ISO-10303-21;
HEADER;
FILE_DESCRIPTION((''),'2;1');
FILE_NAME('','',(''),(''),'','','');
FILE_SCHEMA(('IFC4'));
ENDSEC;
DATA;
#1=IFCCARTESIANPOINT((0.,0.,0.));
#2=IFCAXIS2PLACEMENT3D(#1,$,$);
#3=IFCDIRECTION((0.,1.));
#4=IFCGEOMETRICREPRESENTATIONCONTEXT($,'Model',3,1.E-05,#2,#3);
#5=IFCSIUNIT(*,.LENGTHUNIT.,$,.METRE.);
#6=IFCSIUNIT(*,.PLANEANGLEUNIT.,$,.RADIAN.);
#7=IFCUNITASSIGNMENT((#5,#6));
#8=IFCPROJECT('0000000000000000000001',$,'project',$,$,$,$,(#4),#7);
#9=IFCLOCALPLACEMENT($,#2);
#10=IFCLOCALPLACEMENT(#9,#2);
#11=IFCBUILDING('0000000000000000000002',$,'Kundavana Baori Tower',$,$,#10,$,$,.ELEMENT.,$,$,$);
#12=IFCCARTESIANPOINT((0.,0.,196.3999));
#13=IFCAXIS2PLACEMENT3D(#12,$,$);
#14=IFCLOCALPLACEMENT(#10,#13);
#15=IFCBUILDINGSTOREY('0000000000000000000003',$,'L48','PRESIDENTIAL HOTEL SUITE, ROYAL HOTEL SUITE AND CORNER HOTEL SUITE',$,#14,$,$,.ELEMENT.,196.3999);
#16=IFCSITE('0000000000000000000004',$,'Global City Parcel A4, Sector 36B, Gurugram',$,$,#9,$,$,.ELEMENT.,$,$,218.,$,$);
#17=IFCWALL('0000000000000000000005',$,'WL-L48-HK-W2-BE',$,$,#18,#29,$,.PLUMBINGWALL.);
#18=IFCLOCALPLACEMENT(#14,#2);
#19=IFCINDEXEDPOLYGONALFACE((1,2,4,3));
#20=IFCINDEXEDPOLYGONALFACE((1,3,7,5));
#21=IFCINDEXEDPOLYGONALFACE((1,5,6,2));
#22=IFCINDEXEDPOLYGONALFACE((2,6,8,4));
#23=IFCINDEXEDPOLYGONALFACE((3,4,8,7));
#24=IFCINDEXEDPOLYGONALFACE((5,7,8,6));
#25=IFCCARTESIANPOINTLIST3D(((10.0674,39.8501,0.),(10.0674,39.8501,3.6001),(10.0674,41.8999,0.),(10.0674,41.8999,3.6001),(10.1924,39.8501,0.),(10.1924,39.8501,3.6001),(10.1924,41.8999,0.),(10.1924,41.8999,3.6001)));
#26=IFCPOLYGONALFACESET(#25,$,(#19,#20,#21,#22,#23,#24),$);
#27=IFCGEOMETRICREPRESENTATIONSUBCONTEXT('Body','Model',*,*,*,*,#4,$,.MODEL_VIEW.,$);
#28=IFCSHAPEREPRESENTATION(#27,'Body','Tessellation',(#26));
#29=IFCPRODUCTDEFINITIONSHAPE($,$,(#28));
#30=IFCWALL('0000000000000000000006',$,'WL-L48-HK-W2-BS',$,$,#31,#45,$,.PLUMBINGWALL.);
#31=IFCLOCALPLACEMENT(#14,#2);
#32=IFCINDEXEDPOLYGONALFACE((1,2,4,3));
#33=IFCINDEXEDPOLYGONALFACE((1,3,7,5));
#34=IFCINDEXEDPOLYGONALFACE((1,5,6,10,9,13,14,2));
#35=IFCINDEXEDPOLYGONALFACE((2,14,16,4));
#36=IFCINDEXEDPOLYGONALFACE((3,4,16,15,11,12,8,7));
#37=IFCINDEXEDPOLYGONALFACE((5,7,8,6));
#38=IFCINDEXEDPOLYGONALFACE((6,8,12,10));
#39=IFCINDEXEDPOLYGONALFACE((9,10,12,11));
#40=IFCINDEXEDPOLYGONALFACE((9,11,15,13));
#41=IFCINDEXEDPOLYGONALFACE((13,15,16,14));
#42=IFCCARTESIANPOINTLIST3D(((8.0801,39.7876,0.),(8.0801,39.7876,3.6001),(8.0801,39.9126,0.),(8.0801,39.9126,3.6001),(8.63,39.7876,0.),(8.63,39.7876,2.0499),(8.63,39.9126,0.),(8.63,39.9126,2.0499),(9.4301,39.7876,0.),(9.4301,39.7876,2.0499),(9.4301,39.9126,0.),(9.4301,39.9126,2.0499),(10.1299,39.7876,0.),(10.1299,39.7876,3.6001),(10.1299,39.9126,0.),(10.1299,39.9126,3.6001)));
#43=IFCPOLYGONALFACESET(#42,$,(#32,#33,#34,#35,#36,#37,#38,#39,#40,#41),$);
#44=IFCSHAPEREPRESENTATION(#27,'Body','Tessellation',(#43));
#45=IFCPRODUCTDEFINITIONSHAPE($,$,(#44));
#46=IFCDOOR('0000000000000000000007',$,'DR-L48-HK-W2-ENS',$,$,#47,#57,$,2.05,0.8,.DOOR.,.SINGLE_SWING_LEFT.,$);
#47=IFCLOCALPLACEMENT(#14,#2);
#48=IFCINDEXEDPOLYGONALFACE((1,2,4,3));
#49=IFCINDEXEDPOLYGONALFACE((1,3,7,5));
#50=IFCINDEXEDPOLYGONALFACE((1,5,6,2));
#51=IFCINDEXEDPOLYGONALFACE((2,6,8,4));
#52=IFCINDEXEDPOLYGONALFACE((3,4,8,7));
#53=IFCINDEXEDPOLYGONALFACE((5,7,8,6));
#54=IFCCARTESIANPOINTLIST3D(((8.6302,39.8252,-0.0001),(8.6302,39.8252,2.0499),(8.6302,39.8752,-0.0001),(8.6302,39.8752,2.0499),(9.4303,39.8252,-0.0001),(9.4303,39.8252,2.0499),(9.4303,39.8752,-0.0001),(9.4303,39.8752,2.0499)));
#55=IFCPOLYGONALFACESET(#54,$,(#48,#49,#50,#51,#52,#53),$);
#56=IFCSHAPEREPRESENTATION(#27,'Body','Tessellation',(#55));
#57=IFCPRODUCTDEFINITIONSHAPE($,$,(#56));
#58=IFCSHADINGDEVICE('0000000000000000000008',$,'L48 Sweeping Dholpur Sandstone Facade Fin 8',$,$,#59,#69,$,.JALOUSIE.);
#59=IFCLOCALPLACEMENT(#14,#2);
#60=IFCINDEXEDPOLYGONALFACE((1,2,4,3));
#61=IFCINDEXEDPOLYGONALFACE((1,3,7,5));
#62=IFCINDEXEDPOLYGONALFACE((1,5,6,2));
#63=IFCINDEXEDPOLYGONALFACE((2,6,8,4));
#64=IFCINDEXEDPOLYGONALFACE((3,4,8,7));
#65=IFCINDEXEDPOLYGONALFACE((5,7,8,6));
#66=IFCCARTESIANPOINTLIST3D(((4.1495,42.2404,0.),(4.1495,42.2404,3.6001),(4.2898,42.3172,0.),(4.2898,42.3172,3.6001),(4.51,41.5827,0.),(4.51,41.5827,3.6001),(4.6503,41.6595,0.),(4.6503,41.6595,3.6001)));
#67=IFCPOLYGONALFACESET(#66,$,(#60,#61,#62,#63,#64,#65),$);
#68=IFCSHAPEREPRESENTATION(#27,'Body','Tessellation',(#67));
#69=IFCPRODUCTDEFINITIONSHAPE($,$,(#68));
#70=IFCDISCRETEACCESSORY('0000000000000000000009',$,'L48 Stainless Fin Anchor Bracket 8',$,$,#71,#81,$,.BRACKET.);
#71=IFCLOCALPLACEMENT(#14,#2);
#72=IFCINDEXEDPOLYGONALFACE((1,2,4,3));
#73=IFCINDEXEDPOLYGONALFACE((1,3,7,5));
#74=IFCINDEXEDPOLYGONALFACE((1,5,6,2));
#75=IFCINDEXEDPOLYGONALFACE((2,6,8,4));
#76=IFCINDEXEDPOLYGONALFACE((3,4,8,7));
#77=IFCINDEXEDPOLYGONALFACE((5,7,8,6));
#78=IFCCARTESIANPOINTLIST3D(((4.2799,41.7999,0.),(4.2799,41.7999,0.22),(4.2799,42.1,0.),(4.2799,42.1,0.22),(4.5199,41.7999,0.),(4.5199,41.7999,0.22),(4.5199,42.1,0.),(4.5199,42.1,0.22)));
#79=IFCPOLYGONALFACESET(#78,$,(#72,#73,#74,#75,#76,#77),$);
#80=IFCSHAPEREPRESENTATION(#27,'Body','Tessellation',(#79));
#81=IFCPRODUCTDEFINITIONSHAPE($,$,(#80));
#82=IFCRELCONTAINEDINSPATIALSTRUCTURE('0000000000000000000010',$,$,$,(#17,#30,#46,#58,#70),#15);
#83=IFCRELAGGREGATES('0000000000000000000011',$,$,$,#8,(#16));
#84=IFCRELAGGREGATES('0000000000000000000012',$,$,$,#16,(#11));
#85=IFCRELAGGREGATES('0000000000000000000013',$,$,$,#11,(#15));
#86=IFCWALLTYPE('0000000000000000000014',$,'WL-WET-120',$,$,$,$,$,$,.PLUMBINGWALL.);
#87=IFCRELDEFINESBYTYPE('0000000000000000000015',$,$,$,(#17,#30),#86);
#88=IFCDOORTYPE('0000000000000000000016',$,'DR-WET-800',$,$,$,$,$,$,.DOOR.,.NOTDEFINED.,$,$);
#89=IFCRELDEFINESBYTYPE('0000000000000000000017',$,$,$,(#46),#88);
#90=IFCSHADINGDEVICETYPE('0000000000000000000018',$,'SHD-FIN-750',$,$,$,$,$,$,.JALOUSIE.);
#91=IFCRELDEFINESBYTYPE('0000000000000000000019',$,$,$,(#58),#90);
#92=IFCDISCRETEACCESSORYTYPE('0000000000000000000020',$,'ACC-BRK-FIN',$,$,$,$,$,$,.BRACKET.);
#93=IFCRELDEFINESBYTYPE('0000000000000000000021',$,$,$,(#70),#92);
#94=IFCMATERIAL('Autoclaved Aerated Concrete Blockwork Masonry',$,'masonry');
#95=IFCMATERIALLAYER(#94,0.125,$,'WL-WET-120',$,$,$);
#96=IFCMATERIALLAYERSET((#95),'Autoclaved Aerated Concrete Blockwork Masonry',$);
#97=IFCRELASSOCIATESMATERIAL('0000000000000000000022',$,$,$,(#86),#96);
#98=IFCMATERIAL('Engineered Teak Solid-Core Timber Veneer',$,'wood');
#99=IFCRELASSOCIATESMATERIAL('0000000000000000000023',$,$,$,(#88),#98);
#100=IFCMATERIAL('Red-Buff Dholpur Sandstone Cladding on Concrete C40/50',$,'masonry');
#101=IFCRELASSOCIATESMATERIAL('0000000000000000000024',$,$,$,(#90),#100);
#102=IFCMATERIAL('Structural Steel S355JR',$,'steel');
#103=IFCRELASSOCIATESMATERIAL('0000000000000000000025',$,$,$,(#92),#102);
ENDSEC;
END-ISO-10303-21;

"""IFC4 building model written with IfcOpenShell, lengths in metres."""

from ifc_helpers import new_model, si_unit, direction, frame, frame_2d, origin, origin_2d, place, context, subcontext, project, spatial, rectangle, extrude, material, layer, layer_set, type_object, element, fill, save


model = new_model("IFC4")

# Units and contexts
model_context = context("Model", 3, precision=1e-05, world=origin(), true_north=direction((0.0, 1.0)))
body_context = subcontext(model_context, "Body", "Model", "MODEL_VIEW")
ifc_project = project(units=[si_unit("LENGTHUNIT", "METRE"), si_unit("PLANEANGLEUNIT", "RADIAN")], contexts=[model_context])

# Site, building, storey
site_placement = place(None, origin())
site = spatial("IfcSite", under=ifc_project, at=site_placement, Name="Global City Parcel A4, Sector 36B, Gurugram", CompositionType="ELEMENT", RefElevation=218.0)
building_placement = place(site_placement, origin())
building = spatial("IfcBuilding", under=site, at=building_placement, Name="Kundavana Baori Tower", CompositionType="ELEMENT")
storey_placement = place(building_placement, frame((0.0, 0.0, 196.3999)))
storey = spatial("IfcBuildingStorey", under=building, at=storey_placement, Name="L48", Description="PRESIDENTIAL HOTEL SUITE, ROYAL HOTEL SUITE AND CORNER HOTEL SUITE", CompositionType="ELEMENT", Elevation=196.3999)

# Wall
ifc_material_1 = material(Name="Autoclaved Aerated Concrete Blockwork Masonry", Category="masonry")
ifc_layer_1 = layer(ifc_material_1, 0.125, Name="WL-WET-120")
ifc_layer_set_1 = layer_set([ifc_layer_1], Name="Autoclaved Aerated Concrete Blockwork Masonry")
wall_type_1 = type_object("IfcWallType", Name="WL-WET-120", PredefinedType="PLUMBINGWALL", material=ifc_layer_set_1)
wall_1_placement = place(storey_placement, frame((10.1299, 39.8501, 0.0), z_axis=(0.0, 0.0, 1.0), x_axis=(0.0, 1.0, 0.0)))
element("IfcWall", 1, at=wall_1_placement, inside=storey, type_object=wall_type_1, Name="WL-L48-HK-W2-BE", PredefinedType="PLUMBINGWALL", context=body_context, shape_type="SweptSolid", body=[
    extrude(rectangle(XDim=2.0498, YDim=0.125, at=frame_2d((1.0249, 0.0))), origin(), (0.0, 0.0, 1.0), 3.6001),
])

# Wall, opening, door
wall_2_placement = place(storey_placement, frame((8.0801, 39.8501, 0.0), z_axis=(0.0, 0.0, 1.0), x_axis=(1.0, 0.0, 0.0)))
wall_2 = element("IfcWall", 2, at=wall_2_placement, inside=storey, type_object=wall_type_1, Name="WL-L48-HK-W2-BS", PredefinedType="PLUMBINGWALL", context=body_context, shape_type="SweptSolid", body=[
    extrude(rectangle(XDim=2.0498, YDim=0.125, at=frame_2d((1.0249, 0.0))), origin(), (0.0, 0.0, 1.0), 3.6001),
])
opening_1_placement = place(wall_2_placement, frame((0.55, 0.0, 0.0)))
opening_1 = element("IfcOpeningElement", 3, at=opening_1_placement, cuts=wall_2, PredefinedType="OPENING", context=body_context, shape_type="SweptSolid", body=[
    extrude(rectangle(XDim=0.8, YDim=2.05, at=frame_2d((0.3999, 1.0249))), frame((0.0, 0.0725, 0.0), z_axis=(0.0, -1.0, 0.0), x_axis=(1.0, 0.0, 0.0)), (0.0, 0.0, 1.0), 0.145),
])
ifc_material_2 = material(Name="Engineered Teak Solid-Core Timber Veneer", Category="wood")
door_type_1 = type_object("IfcDoorType", Name="DR-WET-800", OperationType="NOTDEFINED", PredefinedType="DOOR", material=ifc_material_2)
door_1_placement = place(opening_1_placement, frame((0.8, 0.0, 0.0), z_axis=(0.0, 0.0, 1.0), x_axis=(-1.0, 0.0, 0.0)))
door_1 = element("IfcDoor", 4, at=door_1_placement, inside=storey, type_object=door_type_1, Name="DR-L48-HK-W2-ENS", OperationType="SINGLE_SWING_LEFT", OverallHeight=2.05, OverallWidth=0.8, PredefinedType="DOOR", context=body_context, shape_type="SweptSolid", body=[
    extrude(rectangle(XDim=0.8, YDim=2.05, at=frame_2d((0.3999, 1.0249))), frame((0.0, 0.0249, 0.0), z_axis=(0.0, -1.0, 0.0), x_axis=(1.0, 0.0, 0.0)), (0.0, 0.0, 1.0), 0.05),
])
fill(opening_1, door_1)

# Shading device
ifc_material_3 = material(Name="Red-Buff Dholpur Sandstone Cladding on Concrete C40/50", Category="masonry")
shading_device_type = type_object("IfcShadingDeviceType", Name="SHD-FIN-750", PredefinedType="JALOUSIE", material=ifc_material_3)
shading_device_placement = place(storey_placement, frame((4.3999, 41.95, 0.0), z_axis=(0.0, 0.0, 1.0), x_axis=(0.876895, 0.480683, 0.0)))
element("IfcShadingDevice", 5, at=shading_device_placement, inside=storey, type_object=shading_device_type, Name="L48 Sweeping Dholpur Sandstone Facade Fin 8", PredefinedType="JALOUSIE", context=body_context, shape_type="SweptSolid", body=[
    extrude(rectangle(XDim=0.1599, YDim=0.75, at=origin_2d()), origin(), (0.0, 0.0, 1.0), 3.6001),
])

# Discrete accessory
ifc_material_4 = material(Name="Structural Steel S355JR", Category="steel")
discrete_accessory_type = type_object("IfcDiscreteAccessoryType", Name="ACC-BRK-FIN", PredefinedType="BRACKET", material=ifc_material_4)
discrete_accessory_placement = place(storey_placement, frame((4.3999, 41.95, 0.0), z_axis=(0.0, 0.0, 1.0), x_axis=(1.0, 0.0, 0.0)))
element("IfcDiscreteAccessory", 6, at=discrete_accessory_placement, inside=storey, type_object=discrete_accessory_type, Name="L48 Stainless Fin Anchor Bracket 8", PredefinedType="BRACKET", context=body_context, shape_type="SweptSolid", body=[
    extrude(rectangle(XDim=0.24, YDim=0.3, at=origin_2d()), origin(), (0.0, 0.0, 1.0), 0.22),
])

save(model, "model.ifc")
